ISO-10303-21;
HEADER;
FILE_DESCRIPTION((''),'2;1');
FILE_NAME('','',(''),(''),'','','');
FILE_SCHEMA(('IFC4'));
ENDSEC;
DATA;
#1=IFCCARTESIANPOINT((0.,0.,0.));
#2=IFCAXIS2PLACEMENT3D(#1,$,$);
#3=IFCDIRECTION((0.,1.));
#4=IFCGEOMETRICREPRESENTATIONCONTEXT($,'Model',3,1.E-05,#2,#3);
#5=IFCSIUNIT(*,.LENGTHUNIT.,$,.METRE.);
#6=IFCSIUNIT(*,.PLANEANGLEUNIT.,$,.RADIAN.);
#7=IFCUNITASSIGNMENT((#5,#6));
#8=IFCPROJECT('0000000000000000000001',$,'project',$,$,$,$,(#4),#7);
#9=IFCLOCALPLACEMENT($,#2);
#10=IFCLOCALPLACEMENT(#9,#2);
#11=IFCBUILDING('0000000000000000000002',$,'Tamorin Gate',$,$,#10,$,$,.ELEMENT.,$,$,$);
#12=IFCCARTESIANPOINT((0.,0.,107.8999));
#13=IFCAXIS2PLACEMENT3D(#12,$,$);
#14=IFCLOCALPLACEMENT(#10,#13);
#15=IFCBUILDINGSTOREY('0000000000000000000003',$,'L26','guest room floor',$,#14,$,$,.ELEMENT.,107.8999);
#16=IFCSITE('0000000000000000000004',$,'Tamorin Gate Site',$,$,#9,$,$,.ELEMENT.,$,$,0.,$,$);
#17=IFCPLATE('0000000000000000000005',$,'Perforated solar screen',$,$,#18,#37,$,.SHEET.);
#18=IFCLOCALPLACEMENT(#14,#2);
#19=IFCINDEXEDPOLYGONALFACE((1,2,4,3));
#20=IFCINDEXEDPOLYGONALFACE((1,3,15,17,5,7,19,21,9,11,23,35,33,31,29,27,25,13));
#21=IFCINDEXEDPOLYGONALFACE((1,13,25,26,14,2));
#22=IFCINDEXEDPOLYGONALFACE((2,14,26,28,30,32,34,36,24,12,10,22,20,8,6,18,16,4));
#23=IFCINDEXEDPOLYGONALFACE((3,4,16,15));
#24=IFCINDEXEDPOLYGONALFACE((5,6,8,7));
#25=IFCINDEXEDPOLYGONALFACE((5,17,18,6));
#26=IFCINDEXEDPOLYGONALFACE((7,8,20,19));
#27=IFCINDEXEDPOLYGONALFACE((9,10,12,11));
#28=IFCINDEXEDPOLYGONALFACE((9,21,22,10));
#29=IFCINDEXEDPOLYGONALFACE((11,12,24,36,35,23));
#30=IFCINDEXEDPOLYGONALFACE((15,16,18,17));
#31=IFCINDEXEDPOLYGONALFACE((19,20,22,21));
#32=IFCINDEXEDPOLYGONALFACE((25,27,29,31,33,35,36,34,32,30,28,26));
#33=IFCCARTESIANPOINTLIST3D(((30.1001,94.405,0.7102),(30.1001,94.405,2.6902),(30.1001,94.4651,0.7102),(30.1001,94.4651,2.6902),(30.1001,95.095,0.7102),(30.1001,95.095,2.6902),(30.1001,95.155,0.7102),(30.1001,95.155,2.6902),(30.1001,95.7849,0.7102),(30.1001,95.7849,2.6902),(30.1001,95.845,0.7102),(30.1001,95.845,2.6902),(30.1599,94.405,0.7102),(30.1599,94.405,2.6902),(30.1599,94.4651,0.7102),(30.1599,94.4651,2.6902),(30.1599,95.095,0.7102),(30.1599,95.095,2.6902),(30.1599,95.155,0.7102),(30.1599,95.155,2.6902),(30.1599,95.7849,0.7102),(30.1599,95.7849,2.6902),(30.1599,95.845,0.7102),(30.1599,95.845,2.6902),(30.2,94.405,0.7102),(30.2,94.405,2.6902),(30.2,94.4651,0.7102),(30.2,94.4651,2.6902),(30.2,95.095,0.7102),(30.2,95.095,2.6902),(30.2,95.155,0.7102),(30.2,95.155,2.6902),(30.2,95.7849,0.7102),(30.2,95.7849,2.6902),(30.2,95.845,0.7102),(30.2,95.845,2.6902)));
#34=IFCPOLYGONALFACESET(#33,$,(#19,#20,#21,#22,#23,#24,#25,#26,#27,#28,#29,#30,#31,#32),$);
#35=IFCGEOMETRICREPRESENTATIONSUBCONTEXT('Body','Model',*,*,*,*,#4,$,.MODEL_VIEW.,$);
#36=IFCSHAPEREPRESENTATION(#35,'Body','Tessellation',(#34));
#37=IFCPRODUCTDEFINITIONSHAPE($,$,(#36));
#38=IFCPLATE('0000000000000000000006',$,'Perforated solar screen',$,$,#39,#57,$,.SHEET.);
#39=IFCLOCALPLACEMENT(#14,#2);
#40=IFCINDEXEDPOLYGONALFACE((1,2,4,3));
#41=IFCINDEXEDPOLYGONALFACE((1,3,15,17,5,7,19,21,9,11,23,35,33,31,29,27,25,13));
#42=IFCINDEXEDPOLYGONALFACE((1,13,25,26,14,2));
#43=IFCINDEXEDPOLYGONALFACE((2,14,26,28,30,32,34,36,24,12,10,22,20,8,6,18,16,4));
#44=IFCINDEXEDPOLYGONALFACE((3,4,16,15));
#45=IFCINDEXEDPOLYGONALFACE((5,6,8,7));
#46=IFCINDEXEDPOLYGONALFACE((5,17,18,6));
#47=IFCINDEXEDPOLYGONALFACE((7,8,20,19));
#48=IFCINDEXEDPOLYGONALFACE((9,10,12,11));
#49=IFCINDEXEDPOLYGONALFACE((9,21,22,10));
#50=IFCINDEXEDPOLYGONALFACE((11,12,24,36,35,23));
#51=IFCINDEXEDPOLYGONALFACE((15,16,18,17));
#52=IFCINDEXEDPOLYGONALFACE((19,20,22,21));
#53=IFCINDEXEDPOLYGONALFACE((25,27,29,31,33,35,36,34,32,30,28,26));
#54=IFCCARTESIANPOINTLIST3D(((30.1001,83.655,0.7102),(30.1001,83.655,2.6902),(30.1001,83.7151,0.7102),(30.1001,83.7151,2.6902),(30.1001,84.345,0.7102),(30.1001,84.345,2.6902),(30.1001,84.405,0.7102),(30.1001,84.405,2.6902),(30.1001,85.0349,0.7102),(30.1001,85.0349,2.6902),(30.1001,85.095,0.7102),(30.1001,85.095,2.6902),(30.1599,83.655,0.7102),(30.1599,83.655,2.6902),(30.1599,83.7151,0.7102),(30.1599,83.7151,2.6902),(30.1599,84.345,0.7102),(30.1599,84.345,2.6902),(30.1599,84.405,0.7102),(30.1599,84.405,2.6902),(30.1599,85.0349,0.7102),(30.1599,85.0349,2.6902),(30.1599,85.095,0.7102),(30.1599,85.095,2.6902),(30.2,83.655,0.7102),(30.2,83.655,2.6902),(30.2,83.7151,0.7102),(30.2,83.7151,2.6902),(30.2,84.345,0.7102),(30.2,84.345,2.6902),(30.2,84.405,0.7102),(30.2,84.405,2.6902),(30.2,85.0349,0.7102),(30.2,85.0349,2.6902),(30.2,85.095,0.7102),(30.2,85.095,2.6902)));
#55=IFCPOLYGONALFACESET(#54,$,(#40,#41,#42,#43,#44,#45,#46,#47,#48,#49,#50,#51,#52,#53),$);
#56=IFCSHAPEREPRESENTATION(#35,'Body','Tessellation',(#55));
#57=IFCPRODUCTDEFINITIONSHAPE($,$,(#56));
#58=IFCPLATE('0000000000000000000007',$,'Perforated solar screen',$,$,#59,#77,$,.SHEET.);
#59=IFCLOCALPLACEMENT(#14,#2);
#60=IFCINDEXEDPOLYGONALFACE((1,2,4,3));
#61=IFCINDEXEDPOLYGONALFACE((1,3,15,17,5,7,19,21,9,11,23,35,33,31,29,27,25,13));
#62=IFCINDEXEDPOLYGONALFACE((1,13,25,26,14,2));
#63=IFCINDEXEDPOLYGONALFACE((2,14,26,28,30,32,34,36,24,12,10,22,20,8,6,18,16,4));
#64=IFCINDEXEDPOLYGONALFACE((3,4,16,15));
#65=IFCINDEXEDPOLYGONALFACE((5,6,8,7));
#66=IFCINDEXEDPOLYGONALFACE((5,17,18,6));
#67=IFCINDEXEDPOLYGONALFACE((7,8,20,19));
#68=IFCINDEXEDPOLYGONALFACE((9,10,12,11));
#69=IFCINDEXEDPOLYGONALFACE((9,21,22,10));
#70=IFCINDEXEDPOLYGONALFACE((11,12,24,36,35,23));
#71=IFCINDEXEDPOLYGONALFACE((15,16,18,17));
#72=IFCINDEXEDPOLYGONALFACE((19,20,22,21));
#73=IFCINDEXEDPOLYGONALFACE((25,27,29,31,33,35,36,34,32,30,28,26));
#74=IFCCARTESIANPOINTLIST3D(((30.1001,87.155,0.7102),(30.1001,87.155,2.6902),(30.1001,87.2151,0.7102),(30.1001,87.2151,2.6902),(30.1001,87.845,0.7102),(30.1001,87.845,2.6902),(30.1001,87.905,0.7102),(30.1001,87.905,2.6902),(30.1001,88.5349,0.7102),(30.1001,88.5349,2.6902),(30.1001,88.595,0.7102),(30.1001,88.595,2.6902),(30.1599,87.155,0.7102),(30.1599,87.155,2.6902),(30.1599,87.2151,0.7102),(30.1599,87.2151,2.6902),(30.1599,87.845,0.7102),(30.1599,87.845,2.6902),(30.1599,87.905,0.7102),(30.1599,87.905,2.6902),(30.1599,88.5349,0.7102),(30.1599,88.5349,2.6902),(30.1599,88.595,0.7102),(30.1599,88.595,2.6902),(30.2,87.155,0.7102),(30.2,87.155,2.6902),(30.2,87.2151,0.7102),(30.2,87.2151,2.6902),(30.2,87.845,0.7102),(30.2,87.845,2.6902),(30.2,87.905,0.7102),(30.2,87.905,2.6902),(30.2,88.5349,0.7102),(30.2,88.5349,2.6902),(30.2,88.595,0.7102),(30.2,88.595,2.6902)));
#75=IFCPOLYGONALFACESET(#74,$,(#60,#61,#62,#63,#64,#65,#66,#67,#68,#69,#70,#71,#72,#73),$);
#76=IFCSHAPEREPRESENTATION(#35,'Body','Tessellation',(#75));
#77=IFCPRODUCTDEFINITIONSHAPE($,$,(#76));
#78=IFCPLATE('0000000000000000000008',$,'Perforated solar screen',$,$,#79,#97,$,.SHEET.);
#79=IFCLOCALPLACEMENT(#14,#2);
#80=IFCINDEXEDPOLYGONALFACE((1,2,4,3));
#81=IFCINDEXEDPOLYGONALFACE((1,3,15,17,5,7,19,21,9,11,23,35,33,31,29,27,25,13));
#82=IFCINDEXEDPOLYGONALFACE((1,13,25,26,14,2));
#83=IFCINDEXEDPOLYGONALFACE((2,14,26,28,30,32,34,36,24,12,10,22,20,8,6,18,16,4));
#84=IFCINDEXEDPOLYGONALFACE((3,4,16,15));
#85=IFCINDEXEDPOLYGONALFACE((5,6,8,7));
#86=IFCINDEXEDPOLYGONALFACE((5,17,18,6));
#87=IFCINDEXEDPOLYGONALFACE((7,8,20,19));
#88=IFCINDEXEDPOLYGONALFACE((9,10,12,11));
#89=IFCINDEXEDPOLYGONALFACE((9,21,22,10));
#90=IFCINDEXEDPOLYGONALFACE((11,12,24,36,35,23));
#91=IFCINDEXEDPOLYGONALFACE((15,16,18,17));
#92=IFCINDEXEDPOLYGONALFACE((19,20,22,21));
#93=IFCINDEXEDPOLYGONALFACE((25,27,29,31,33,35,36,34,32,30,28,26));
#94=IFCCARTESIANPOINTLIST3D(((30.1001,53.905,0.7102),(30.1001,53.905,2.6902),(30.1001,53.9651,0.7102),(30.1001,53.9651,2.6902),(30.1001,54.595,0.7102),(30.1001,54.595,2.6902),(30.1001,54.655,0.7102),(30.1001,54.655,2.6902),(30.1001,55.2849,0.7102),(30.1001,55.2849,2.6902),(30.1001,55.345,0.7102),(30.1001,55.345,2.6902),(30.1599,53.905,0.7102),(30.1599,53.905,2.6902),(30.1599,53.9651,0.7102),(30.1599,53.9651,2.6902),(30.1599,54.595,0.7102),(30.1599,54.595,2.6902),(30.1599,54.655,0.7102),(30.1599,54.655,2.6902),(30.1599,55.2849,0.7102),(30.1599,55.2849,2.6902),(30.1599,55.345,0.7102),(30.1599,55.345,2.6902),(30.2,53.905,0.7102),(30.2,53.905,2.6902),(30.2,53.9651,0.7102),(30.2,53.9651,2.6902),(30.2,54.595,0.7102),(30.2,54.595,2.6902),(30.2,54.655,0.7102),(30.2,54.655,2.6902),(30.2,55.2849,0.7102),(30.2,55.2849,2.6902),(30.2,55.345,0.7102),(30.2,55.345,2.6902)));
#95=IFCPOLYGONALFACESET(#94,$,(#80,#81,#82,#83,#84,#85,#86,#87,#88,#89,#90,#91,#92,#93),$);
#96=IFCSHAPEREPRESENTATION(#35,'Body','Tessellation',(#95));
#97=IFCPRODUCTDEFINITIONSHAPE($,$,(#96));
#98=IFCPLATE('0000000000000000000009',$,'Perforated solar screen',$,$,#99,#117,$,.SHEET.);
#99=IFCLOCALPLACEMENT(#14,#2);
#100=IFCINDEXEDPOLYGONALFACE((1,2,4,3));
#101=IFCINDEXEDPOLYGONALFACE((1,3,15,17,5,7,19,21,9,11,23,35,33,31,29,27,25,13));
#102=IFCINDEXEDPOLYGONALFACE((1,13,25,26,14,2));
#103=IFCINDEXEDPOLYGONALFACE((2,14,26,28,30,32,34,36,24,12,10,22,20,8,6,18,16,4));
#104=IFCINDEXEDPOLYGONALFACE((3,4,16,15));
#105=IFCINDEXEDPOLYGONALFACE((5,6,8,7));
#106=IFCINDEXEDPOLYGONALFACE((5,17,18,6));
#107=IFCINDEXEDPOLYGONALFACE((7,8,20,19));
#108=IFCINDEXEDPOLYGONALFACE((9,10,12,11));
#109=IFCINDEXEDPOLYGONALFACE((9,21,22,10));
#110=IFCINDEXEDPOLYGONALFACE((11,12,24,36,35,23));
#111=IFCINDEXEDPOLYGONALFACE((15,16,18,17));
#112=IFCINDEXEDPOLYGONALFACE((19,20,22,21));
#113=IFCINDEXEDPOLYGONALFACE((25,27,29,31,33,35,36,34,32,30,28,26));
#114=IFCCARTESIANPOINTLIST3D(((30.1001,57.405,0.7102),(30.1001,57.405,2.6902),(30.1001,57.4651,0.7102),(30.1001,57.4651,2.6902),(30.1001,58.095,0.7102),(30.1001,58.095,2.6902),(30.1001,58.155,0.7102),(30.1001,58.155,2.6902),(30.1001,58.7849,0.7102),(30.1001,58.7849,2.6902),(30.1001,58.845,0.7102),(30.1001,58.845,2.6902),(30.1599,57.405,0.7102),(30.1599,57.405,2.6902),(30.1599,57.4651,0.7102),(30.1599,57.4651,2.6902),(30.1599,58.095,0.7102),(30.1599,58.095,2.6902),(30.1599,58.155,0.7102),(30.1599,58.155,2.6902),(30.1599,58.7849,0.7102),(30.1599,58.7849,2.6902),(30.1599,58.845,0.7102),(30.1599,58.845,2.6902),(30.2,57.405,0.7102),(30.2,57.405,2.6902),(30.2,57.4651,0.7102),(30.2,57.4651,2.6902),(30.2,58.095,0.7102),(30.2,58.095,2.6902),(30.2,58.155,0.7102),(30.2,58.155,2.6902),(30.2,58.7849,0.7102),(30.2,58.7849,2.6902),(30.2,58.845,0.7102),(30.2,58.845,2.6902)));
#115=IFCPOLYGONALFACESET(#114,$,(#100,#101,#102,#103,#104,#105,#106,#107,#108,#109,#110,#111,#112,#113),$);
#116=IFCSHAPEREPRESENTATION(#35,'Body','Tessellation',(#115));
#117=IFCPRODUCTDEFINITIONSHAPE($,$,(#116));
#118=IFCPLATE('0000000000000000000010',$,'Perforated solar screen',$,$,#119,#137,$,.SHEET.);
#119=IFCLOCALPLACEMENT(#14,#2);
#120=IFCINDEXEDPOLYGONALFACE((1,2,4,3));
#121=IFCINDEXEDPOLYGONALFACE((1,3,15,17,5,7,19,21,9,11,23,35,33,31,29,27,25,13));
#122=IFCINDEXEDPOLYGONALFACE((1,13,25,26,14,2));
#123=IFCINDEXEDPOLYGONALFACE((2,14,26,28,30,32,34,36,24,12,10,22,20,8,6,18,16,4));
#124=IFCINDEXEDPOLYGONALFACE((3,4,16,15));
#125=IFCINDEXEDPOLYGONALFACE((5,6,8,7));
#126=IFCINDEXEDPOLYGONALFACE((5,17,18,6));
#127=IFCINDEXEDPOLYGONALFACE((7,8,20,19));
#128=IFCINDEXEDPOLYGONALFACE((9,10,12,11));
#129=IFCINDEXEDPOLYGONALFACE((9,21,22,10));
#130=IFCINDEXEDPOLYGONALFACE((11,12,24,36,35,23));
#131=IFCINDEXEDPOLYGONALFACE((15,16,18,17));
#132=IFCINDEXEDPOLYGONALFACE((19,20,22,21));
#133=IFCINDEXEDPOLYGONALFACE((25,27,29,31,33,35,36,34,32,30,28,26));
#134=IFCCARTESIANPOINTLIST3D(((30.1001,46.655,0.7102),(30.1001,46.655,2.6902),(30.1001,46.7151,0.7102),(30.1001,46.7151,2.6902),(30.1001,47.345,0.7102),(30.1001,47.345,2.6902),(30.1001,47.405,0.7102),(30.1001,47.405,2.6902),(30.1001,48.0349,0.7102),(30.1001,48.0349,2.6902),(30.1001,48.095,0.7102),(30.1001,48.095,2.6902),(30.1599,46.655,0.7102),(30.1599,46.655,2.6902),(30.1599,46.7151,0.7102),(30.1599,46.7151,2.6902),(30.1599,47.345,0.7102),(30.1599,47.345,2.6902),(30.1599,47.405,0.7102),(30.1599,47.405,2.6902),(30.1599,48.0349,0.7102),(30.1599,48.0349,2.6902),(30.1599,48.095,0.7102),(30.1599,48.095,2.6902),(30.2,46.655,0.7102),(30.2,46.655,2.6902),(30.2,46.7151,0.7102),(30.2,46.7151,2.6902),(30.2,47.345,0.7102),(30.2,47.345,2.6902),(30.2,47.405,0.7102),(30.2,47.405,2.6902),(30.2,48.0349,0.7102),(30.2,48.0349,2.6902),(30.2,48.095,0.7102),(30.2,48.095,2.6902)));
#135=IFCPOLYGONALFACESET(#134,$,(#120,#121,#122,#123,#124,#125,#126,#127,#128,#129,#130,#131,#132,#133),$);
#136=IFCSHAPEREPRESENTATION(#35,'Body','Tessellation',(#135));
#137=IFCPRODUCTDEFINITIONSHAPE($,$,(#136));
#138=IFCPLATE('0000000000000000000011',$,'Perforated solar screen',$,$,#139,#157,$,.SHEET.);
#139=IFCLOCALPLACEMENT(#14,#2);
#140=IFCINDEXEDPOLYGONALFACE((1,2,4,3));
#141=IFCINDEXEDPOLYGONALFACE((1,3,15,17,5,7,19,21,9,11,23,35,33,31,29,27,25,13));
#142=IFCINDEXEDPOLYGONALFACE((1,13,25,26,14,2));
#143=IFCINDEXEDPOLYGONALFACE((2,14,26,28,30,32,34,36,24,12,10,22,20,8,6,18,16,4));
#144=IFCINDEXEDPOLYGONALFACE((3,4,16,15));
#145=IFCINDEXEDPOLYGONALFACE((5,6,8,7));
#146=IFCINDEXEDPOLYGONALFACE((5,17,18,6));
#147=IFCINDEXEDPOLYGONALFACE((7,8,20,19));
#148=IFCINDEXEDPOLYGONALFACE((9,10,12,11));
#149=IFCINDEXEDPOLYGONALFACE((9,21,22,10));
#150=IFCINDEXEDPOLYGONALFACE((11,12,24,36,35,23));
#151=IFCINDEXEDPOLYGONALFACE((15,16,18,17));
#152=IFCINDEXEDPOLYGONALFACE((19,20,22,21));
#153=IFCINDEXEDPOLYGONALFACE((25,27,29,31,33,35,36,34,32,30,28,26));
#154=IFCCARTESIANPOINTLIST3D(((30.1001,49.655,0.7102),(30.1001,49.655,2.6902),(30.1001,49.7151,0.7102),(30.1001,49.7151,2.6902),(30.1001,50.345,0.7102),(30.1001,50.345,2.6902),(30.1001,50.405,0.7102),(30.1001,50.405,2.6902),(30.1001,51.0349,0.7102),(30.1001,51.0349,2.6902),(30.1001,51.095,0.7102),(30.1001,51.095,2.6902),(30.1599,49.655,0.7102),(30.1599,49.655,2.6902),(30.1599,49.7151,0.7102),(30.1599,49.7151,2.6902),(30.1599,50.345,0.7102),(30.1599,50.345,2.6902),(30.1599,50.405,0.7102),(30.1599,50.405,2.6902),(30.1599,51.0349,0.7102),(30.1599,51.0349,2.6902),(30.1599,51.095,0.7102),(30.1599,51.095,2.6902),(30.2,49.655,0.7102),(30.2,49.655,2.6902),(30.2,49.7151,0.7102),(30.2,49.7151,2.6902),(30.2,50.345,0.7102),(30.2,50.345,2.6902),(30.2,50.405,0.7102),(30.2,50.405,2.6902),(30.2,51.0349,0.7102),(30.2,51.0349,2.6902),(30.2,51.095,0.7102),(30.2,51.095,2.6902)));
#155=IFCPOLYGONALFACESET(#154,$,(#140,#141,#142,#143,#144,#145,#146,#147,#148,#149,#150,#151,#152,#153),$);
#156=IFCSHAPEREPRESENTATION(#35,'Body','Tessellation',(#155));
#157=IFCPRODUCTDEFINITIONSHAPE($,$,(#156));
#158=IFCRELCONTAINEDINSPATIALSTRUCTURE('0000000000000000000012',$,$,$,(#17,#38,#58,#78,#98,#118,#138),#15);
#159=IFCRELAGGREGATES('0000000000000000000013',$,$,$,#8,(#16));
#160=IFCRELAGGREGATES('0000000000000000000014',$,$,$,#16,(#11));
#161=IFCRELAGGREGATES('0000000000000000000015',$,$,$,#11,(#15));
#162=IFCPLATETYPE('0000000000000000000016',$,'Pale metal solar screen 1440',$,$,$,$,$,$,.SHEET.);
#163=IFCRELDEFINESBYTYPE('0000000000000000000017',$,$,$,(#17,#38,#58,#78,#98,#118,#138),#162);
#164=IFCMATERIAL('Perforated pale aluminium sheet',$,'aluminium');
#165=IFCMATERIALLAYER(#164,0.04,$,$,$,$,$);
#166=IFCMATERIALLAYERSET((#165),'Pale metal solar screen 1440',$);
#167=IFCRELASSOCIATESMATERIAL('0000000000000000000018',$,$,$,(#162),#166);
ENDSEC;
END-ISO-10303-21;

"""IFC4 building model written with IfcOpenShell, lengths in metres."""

from ifc_helpers import new_model, si_unit, direction, frame, origin, place, context, subcontext, project, spatial, polyline, outline, extrude, material, layer, layer_set, type_object, element, save


model = new_model("IFC4")

# Units and contexts
model_context = context("Model", 3, precision=1e-05, world=origin(), true_north=direction((0.0, 1.0)))
body_context = subcontext(model_context, "Body", "Model", "MODEL_VIEW")
ifc_project = project(units=[si_unit("LENGTHUNIT", "METRE"), si_unit("PLANEANGLEUNIT", "RADIAN")], contexts=[model_context])

# Site, building, storey
site_placement = place(None, origin())
site = spatial("IfcSite", under=ifc_project, at=site_placement, Name="Tamorin Gate Site", CompositionType="ELEMENT", RefElevation=0.0)
building_placement = place(site_placement, origin())
building = spatial("IfcBuilding", under=site, at=building_placement, Name="Tamorin Gate", CompositionType="ELEMENT")
storey_placement = place(building_placement, frame((0.0, 0.0, 107.8999)))
storey = spatial("IfcBuildingStorey", under=building, at=storey_placement, Name="L26", Description="guest room floor", CompositionType="ELEMENT", Elevation=107.8999)

# Plates
ifc_material_1 = material(Name="Perforated pale aluminium sheet", Category="aluminium")
ifc_layer_1 = layer(ifc_material_1, 0.04)
ifc_layer_set_1 = layer_set([ifc_layer_1], Name="Pale metal solar screen 1440")
plate_type = type_object("IfcPlateType", Name="Pale metal solar screen 1440", PredefinedType="SHEET", material=ifc_layer_set_1)
plate_1_placement = place(storey_placement, frame((0.0, 0.0, 0.7102)))
element("IfcPlate", 1, at=plate_1_placement, inside=storey, type_object=plate_type, Name="Perforated solar screen", PredefinedType="SHEET", context=body_context, shape_type="SweptSolid", body=[
    extrude(outline(polyline([(30.1599, 95.845), (30.2, 95.845), (30.2, 95.7849), (30.2, 95.155), (30.2, 95.095), (30.2, 94.4651), (30.2, 94.405), (30.2, 94.405), (30.1599, 94.405), (30.1599, 94.405), (30.1001, 94.405), (30.1001, 94.4651), (30.1599, 94.4651), (30.1599, 95.095), (30.1001, 95.095), (30.1001, 95.155), (30.1599, 95.155), (30.1599, 95.7849), (30.1001, 95.7849), (30.1001, 95.845), (30.1599, 95.845)])), origin(), (0.0, 0.0, 1.0), 1.98),
])
plate_2_placement = place(storey_placement, frame((0.0, 0.0, 0.7102)))
element("IfcPlate", 2, at=plate_2_placement, inside=storey, type_object=plate_type, Name="Perforated solar screen", PredefinedType="SHEET", context=body_context, shape_type="SweptSolid", body=[
    extrude(outline(polyline([(30.1599, 85.095), (30.2, 85.095), (30.2, 85.0349), (30.2, 84.405), (30.2, 84.345), (30.2, 83.7151), (30.2, 83.655), (30.1599, 83.655), (30.1001, 83.655), (30.1001, 83.7151), (30.1599, 83.7151), (30.1599, 84.345), (30.1001, 84.345), (30.1001, 84.405), (30.1599, 84.405), (30.1599, 85.0349), (30.1001, 85.0349), (30.1001, 85.095), (30.1599, 85.095)])), origin(), (0.0, 0.0, 1.0), 1.98),
])
plate_3_placement = place(storey_placement, frame((0.0, 0.0, 0.7102)))
element("IfcPlate", 3, at=plate_3_placement, inside=storey, type_object=plate_type, Name="Perforated solar screen", PredefinedType="SHEET", context=body_context, shape_type="SweptSolid", body=[
    extrude(outline(polyline([(30.1599, 88.595), (30.2, 88.595), (30.2, 88.5349), (30.2, 87.905), (30.2, 87.845), (30.2, 87.2151), (30.2, 87.155), (30.1599, 87.155), (30.1001, 87.155), (30.1001, 87.2151), (30.1599, 87.2151), (30.1599, 87.845), (30.1001, 87.845), (30.1001, 87.905), (30.1599, 87.905), (30.1599, 88.5349), (30.1001, 88.5349), (30.1001, 88.595), (30.1599, 88.595)])), origin(), (0.0, 0.0, 1.0), 1.98),
])
plate_4_placement = place(storey_placement, frame((0.0, 0.0, 0.7102)))
element("IfcPlate", 4, at=plate_4_placement, inside=storey, type_object=plate_type, Name="Perforated solar screen", PredefinedType="SHEET", context=body_context, shape_type="SweptSolid", body=[
    extrude(outline(polyline([(30.1599, 55.345), (30.2, 55.345), (30.2, 55.2849), (30.2, 54.655), (30.2, 54.595), (30.2, 53.9651), (30.2, 53.905), (30.1599, 53.905), (30.1001, 53.905), (30.1001, 53.9651), (30.1599, 53.9651), (30.1599, 54.595), (30.1001, 54.595), (30.1001, 54.655), (30.1599, 54.655), (30.1599, 55.2849), (30.1001, 55.2849), (30.1001, 55.345), (30.1599, 55.345)])), origin(), (0.0, 0.0, 1.0), 1.98),
])
plate_5_placement = place(storey_placement, frame((0.0, 0.0, 0.7102)))
element("IfcPlate", 5, at=plate_5_placement, inside=storey, type_object=plate_type, Name="Perforated solar screen", PredefinedType="SHEET", context=body_context, shape_type="SweptSolid", body=[
    extrude(outline(polyline([(30.1599, 58.845), (30.2, 58.845), (30.2, 58.7849), (30.2, 58.155), (30.2, 58.095), (30.2, 57.4651), (30.2, 57.405), (30.1599, 57.405), (30.1001, 57.405), (30.1001, 57.4651), (30.1599, 57.4651), (30.1599, 58.095), (30.1001, 58.095), (30.1001, 58.155), (30.1599, 58.155), (30.1599, 58.7849), (30.1001, 58.7849), (30.1001, 58.845), (30.1599, 58.845)])), origin(), (0.0, 0.0, 1.0), 1.98),
])
plate_6_placement = place(storey_placement, frame((0.0, 0.0, 0.7102)))
element("IfcPlate", 6, at=plate_6_placement, inside=storey, type_object=plate_type, Name="Perforated solar screen", PredefinedType="SHEET", context=body_context, shape_type="SweptSolid", body=[
    extrude(outline(polyline([(30.1599, 48.095), (30.2, 48.095), (30.2, 48.0349), (30.2, 47.405), (30.2, 47.345), (30.2, 46.7151), (30.2, 46.655), (30.1599, 46.655), (30.1001, 46.655), (30.1001, 46.7151), (30.1599, 46.7151), (30.1599, 47.345), (30.1001, 47.345), (30.1001, 47.405), (30.1599, 47.405), (30.1599, 48.0349), (30.1001, 48.0349), (30.1001, 48.095), (30.1599, 48.095)])), origin(), (0.0, 0.0, 1.0), 1.98),
])
plate_7_placement = place(storey_placement, frame((0.0, 0.0, 0.7102)))
element("IfcPlate", 7, at=plate_7_placement, inside=storey, type_object=plate_type, Name="Perforated solar screen", PredefinedType="SHEET", context=body_context, shape_type="SweptSolid", body=[
    extrude(outline(polyline([(30.1599, 51.095), (30.2, 51.095), (30.2, 51.0349), (30.2, 50.405), (30.2, 50.345), (30.2, 49.7151), (30.2, 49.655), (30.1599, 49.655), (30.1001, 49.655), (30.1001, 49.7151), (30.1599, 49.7151), (30.1599, 50.345), (30.1001, 50.345), (30.1001, 50.405), (30.1599, 50.405), (30.1599, 51.0349), (30.1001, 51.0349), (30.1001, 51.095), (30.1599, 51.095)])), origin(), (0.0, 0.0, 1.0), 1.98),
])

save(model, "model.ifc")
